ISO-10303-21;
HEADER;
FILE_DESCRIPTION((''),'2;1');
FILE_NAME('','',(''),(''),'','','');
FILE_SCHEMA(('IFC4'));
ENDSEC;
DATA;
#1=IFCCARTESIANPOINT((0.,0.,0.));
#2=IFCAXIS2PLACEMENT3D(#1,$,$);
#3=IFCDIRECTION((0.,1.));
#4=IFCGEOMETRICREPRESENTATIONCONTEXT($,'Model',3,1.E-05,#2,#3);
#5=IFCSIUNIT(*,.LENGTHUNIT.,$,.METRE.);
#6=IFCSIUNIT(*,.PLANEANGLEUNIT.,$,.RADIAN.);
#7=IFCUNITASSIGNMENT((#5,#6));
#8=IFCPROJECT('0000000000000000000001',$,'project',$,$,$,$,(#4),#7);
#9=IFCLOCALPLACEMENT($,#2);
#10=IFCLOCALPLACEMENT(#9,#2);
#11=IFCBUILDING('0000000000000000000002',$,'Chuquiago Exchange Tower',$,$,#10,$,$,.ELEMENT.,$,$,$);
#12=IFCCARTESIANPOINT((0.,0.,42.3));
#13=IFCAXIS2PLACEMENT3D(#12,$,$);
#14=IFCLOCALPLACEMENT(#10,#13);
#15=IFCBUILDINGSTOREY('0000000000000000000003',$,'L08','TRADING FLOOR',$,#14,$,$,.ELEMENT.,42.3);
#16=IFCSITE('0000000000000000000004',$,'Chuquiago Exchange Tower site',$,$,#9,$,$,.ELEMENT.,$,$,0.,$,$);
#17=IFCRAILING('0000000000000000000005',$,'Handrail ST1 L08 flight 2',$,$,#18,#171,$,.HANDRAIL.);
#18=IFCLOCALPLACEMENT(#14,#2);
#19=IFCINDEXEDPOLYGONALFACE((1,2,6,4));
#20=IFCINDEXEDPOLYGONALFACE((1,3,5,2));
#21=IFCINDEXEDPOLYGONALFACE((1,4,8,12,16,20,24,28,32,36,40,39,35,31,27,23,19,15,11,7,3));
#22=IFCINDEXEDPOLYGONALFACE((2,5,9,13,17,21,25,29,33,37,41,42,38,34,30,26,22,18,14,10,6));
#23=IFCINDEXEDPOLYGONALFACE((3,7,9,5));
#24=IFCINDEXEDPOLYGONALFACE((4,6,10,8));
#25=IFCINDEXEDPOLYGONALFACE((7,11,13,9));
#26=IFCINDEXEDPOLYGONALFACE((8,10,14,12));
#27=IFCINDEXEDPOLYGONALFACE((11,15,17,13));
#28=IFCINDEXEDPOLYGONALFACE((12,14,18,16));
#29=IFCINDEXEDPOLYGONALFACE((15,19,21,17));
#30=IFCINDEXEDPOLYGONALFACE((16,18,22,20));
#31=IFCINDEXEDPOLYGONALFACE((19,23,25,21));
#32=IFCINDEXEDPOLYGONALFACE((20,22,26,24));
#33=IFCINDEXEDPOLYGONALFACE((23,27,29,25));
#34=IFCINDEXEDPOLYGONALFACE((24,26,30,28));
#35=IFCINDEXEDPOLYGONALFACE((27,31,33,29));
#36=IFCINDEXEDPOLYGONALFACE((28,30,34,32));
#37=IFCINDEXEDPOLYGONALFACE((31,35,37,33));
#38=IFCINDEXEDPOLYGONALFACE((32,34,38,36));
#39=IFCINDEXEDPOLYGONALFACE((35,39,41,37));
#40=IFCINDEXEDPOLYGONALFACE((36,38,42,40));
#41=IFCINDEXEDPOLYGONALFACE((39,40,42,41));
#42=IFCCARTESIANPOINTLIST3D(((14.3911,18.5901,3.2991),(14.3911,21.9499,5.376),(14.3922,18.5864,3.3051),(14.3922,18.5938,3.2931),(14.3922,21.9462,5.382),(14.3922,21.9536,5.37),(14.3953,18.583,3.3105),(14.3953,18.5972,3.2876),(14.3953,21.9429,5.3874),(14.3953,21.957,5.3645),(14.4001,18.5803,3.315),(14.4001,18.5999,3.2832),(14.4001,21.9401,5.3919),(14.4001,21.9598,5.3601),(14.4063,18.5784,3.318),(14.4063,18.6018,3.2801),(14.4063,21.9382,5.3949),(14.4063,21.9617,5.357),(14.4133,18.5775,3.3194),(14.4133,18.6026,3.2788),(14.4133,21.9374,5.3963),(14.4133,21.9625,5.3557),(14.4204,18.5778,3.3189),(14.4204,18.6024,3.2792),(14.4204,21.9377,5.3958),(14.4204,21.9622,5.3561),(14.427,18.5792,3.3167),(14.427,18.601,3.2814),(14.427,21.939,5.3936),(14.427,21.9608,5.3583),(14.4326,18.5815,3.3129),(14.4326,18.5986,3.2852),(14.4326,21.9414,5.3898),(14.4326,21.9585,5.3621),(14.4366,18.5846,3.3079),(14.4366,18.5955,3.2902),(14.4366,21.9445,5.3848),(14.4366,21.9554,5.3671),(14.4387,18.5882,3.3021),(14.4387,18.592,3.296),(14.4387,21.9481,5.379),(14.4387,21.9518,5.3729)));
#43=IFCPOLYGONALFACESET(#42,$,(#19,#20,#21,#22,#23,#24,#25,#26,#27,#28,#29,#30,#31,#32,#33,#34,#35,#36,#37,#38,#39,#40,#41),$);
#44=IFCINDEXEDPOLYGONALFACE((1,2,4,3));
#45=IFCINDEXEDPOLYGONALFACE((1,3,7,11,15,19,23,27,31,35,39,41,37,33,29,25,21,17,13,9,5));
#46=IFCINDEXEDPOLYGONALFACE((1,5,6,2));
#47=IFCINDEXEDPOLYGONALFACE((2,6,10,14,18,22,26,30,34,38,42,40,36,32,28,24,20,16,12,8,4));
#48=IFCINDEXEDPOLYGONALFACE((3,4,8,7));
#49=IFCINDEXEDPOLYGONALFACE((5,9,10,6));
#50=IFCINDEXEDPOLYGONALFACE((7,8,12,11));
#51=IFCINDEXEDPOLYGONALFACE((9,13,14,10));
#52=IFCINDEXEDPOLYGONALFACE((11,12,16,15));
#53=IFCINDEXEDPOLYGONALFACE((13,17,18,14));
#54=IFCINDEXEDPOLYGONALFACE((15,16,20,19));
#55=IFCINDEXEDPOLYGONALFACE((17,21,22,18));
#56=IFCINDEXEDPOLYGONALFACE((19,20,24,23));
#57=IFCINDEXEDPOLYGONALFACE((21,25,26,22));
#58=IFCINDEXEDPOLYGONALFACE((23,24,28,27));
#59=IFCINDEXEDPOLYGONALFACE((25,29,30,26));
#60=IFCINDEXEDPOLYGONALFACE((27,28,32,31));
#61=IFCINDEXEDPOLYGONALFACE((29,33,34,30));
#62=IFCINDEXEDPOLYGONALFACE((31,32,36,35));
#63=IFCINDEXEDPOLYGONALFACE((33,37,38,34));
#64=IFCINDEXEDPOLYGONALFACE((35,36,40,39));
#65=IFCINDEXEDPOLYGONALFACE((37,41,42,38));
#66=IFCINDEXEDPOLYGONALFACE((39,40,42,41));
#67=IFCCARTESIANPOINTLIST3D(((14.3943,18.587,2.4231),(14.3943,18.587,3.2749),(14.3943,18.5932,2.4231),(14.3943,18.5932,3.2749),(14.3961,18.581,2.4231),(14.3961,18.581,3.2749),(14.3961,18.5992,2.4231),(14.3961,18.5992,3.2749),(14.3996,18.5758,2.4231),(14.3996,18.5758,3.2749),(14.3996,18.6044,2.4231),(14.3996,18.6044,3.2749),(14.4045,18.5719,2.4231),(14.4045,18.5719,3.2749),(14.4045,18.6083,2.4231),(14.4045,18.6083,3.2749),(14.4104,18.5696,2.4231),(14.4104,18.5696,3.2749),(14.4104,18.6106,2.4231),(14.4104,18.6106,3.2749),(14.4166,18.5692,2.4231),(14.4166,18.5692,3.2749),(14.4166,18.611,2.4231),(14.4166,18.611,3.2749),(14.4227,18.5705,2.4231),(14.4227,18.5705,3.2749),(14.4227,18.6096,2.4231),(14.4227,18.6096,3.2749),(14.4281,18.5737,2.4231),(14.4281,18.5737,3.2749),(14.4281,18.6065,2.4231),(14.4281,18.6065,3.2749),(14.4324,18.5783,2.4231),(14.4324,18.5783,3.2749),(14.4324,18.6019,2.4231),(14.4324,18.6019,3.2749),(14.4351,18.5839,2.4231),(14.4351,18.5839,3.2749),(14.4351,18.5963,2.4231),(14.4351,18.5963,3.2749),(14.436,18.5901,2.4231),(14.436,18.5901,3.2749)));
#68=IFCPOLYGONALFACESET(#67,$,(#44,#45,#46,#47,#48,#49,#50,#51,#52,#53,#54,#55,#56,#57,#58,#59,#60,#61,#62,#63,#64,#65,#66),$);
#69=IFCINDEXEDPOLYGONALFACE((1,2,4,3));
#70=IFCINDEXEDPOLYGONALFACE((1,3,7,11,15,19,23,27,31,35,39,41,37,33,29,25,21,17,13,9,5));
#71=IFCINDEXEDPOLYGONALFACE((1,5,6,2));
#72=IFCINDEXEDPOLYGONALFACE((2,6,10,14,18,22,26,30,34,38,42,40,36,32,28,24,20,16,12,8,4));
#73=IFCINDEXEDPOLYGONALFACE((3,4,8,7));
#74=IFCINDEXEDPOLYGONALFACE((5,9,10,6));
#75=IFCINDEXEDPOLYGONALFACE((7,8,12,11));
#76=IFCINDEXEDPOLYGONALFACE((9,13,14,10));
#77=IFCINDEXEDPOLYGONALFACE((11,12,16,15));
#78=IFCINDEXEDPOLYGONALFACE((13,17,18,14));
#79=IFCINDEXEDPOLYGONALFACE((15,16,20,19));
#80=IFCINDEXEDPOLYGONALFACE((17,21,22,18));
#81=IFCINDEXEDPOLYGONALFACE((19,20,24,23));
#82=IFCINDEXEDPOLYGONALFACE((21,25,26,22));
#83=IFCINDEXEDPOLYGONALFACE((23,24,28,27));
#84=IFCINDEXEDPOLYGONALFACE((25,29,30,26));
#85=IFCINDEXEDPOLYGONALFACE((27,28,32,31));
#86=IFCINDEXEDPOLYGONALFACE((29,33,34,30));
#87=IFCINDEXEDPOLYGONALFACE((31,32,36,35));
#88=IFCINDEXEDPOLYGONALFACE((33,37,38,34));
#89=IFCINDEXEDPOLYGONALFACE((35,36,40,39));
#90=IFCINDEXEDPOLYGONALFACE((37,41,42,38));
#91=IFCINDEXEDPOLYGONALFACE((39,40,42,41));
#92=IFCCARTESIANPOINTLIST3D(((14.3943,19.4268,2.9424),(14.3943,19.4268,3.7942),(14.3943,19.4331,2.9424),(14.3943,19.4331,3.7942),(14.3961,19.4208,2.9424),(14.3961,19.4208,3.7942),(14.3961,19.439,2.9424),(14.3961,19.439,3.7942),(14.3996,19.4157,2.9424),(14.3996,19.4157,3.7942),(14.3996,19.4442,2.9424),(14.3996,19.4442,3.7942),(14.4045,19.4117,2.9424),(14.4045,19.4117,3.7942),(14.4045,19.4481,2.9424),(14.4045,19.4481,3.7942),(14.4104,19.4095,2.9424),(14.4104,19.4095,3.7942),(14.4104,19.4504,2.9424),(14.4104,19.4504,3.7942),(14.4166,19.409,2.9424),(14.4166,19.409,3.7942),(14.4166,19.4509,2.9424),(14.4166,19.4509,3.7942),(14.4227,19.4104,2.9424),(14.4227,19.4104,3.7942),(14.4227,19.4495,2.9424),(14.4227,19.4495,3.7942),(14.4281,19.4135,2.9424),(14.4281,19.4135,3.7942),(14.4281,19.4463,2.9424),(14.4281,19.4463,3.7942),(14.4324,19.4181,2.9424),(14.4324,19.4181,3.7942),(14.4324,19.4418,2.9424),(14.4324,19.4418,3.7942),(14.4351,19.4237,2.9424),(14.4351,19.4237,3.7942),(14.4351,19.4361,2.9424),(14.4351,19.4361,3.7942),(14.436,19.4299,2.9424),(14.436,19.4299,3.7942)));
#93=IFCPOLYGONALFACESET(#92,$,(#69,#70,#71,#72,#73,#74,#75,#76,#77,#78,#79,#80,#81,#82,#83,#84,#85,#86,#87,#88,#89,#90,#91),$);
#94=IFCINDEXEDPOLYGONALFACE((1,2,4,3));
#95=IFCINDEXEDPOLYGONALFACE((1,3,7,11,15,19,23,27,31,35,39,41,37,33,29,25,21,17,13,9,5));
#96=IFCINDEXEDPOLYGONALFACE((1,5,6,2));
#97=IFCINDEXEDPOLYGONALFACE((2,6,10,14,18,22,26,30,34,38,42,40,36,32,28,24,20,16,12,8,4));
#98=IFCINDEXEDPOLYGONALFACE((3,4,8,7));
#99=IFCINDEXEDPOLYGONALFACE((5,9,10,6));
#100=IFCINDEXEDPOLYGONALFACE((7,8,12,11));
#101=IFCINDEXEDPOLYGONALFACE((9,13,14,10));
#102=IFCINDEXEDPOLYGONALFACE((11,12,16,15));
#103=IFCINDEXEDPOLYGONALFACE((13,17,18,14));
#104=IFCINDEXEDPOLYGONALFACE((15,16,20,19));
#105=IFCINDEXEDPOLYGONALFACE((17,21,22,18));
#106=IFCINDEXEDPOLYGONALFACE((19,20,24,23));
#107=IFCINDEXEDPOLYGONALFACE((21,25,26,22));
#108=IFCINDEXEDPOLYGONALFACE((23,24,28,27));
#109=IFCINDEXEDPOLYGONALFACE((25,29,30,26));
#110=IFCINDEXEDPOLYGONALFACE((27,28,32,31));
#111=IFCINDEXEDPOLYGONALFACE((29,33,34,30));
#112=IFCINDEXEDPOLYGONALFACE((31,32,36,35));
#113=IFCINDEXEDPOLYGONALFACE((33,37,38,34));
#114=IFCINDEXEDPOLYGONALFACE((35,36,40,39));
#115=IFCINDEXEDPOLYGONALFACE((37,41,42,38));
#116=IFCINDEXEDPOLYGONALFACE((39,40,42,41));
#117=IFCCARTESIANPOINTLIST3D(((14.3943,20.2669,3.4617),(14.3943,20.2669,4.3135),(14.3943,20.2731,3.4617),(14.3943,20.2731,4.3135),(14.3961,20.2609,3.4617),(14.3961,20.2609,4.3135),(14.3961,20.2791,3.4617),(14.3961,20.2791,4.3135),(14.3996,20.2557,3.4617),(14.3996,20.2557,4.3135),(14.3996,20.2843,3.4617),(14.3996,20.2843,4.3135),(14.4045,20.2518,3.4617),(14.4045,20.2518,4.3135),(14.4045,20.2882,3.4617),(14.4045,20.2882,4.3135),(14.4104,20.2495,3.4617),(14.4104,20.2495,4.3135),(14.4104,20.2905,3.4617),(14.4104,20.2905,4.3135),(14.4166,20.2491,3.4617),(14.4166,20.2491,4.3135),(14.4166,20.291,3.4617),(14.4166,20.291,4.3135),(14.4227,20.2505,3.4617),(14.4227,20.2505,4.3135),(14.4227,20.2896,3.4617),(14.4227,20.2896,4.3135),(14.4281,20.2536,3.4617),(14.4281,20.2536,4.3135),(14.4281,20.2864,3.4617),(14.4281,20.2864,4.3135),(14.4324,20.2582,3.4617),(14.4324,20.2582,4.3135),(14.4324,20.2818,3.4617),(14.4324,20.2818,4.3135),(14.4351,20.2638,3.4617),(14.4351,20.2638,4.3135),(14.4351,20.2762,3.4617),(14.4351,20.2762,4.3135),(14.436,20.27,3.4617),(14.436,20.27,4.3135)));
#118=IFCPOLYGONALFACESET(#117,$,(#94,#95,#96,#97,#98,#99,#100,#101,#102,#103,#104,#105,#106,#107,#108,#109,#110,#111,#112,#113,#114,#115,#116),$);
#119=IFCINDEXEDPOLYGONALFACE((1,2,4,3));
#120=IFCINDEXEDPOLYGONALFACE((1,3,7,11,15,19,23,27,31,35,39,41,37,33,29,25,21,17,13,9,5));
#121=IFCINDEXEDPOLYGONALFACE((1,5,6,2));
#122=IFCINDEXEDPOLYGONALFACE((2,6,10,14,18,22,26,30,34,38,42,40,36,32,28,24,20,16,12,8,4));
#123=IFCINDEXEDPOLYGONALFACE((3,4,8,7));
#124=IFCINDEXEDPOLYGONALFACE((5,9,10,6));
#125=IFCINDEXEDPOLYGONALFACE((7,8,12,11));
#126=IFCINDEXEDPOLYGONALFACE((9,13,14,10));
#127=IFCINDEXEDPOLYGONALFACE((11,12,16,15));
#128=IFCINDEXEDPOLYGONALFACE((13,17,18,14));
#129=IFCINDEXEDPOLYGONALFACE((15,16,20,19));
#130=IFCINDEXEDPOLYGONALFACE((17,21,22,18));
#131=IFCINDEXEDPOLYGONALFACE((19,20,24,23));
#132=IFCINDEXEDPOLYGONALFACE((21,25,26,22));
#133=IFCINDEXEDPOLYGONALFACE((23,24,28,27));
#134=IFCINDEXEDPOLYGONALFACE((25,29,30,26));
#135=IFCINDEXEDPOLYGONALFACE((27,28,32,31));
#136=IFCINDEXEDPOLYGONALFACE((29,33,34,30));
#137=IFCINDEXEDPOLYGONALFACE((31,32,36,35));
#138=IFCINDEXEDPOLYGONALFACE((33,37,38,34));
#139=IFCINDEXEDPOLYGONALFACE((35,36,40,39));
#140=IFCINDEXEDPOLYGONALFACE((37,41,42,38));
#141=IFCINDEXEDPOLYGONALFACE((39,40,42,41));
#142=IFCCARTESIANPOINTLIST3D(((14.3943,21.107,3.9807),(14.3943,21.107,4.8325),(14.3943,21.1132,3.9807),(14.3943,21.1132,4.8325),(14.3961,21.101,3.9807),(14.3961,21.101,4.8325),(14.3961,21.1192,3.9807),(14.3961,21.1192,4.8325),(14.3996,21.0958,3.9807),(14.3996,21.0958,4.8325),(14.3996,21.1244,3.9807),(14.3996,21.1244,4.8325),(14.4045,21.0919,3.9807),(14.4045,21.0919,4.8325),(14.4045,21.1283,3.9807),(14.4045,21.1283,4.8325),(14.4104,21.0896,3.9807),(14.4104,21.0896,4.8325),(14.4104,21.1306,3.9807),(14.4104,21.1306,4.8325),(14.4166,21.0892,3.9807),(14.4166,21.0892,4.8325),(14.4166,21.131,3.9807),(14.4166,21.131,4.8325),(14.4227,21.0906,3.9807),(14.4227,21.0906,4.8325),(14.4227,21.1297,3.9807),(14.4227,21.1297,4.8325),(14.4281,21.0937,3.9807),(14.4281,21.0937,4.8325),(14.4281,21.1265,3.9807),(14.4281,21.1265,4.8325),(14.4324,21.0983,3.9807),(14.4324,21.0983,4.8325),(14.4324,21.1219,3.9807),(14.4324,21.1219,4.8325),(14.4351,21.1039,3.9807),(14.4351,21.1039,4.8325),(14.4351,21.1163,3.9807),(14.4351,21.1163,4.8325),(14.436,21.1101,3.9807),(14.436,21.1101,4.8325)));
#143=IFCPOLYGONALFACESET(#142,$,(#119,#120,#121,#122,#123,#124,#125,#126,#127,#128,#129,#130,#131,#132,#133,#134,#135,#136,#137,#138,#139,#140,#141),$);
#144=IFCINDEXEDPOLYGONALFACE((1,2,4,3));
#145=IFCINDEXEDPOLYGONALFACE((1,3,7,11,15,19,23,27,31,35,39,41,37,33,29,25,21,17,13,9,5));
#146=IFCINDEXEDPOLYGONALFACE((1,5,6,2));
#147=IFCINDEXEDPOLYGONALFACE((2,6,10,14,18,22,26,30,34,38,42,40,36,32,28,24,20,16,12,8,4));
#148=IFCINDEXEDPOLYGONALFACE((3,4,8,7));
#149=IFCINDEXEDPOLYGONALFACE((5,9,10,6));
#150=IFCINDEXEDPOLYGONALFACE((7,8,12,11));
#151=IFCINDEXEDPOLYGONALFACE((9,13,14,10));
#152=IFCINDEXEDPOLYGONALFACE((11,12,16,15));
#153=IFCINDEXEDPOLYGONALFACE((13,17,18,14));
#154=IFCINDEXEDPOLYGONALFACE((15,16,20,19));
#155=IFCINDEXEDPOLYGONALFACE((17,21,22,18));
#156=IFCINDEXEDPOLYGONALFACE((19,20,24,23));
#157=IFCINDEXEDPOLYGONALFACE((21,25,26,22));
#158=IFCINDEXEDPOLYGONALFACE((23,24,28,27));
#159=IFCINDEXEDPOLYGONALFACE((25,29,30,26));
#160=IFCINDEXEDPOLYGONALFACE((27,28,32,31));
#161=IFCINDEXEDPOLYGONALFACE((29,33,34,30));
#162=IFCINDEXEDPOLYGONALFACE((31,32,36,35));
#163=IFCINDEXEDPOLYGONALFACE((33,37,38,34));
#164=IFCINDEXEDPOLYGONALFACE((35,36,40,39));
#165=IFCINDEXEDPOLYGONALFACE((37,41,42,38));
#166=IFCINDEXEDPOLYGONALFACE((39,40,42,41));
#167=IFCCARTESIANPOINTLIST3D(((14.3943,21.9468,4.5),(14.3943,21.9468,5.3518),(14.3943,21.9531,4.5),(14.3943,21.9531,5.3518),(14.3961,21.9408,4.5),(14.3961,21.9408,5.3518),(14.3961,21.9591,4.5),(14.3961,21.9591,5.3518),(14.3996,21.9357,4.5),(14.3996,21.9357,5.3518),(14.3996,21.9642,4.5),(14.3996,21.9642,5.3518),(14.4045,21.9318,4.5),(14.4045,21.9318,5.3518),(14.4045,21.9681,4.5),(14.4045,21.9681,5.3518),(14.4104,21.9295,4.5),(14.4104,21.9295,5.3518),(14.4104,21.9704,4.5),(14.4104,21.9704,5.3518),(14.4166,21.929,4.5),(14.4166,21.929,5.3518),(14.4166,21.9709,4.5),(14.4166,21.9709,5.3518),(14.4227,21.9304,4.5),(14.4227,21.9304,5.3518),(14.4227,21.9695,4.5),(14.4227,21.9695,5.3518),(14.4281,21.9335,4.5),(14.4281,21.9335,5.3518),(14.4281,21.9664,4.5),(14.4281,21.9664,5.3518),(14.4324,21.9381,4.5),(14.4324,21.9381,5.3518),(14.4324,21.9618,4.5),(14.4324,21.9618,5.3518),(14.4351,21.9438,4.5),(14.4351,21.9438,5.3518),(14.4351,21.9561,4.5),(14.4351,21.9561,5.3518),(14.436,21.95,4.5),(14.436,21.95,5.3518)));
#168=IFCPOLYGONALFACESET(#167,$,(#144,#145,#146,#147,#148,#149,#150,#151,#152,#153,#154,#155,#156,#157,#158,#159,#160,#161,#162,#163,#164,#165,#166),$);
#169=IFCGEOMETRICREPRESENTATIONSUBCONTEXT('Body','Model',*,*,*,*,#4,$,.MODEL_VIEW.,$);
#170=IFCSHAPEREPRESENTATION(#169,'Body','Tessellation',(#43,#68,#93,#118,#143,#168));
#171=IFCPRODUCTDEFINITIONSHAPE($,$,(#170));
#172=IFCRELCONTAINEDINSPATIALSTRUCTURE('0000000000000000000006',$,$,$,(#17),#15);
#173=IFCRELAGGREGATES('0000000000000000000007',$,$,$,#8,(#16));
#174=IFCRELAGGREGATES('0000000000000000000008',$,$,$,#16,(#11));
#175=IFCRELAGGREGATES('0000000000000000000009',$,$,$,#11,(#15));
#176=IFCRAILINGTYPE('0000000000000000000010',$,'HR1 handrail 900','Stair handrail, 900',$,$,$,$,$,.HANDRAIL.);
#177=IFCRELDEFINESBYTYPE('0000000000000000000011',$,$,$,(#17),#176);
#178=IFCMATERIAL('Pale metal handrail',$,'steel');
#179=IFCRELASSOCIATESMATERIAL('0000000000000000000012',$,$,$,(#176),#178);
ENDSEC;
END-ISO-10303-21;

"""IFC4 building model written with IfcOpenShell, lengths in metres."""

from ifc_helpers import new_model, si_unit, direction, frame, origin, origin_2d, place, context, subcontext, project, spatial, circle, extrude, material, type_object, element, save


model = new_model("IFC4")

# Units and contexts
model_context = context("Model", 3, precision=1e-05, world=origin(), true_north=direction((0.0, 1.0)))
body_context = subcontext(model_context, "Body", "Model", "MODEL_VIEW")
ifc_project = project(units=[si_unit("LENGTHUNIT", "METRE"), si_unit("PLANEANGLEUNIT", "RADIAN")], contexts=[model_context])

# Site, building, storey
site_placement = place(None, origin())
site = spatial("IfcSite", under=ifc_project, at=site_placement, Name="Chuquiago Exchange Tower site", CompositionType="ELEMENT", RefElevation=0.0)
building_placement = place(site_placement, origin())
building = spatial("IfcBuilding", under=site, at=building_placement, Name="Chuquiago Exchange Tower", CompositionType="ELEMENT")
storey_placement = place(building_placement, frame((0.0, 0.0, 42.3)))
storey = spatial("IfcBuildingStorey", under=building, at=storey_placement, Name="L08", Description="TRADING FLOOR", CompositionType="ELEMENT", Elevation=42.3)

# Railing
ifc_material_1 = material(Name="Pale metal handrail", Category="steel")
railing_type_1 = type_object("IfcRailingType", Name="HR1 handrail 900", Description="Stair handrail, 900", PredefinedType="HANDRAIL", material=ifc_material_1)
for number, where, name in (
    (1, (14.415, 18.5901, 2.4231), "Handrail ST1 L08 flight 2"),
):
    element("IfcRailing", number, at=place(storey_placement, frame(where)), inside=storey, type_object=railing_type_1, Name=name, PredefinedType="HANDRAIL", context=body_context, shape_type="SweptSolid", body=[
        extrude(circle(Radius=0.0239, at=origin_2d()), frame((0.0, 0.0, 0.876), z_axis=(0.0, 0.850606, 0.525803), x_axis=(-1.0, 0.0, 0.0)), (0.0, 0.0, 1.0), 3.95),
        extrude(circle(Radius=0.021, at=origin_2d()), origin(), (0.0, 0.0, 1.0), 0.8518),
        extrude(circle(Radius=0.021, at=origin_2d()), frame((0.0, 0.8398, 0.5193)), (0.0, 0.0, 1.0), 0.8518),
        extrude(circle(Radius=0.021, at=origin_2d()), frame((0.0, 1.6799, 1.0386)), (0.0, 0.0, 1.0), 0.8518),
        extrude(circle(Radius=0.021, at=origin_2d()), frame((0.0, 2.52, 1.5576)), (0.0, 0.0, 1.0), 0.8518),
        extrude(circle(Radius=0.021, at=origin_2d()), frame((0.0, 3.3599, 2.0769)), (0.0, 0.0, 1.0), 0.8518),
    ])

save(model, "model.ifc")
